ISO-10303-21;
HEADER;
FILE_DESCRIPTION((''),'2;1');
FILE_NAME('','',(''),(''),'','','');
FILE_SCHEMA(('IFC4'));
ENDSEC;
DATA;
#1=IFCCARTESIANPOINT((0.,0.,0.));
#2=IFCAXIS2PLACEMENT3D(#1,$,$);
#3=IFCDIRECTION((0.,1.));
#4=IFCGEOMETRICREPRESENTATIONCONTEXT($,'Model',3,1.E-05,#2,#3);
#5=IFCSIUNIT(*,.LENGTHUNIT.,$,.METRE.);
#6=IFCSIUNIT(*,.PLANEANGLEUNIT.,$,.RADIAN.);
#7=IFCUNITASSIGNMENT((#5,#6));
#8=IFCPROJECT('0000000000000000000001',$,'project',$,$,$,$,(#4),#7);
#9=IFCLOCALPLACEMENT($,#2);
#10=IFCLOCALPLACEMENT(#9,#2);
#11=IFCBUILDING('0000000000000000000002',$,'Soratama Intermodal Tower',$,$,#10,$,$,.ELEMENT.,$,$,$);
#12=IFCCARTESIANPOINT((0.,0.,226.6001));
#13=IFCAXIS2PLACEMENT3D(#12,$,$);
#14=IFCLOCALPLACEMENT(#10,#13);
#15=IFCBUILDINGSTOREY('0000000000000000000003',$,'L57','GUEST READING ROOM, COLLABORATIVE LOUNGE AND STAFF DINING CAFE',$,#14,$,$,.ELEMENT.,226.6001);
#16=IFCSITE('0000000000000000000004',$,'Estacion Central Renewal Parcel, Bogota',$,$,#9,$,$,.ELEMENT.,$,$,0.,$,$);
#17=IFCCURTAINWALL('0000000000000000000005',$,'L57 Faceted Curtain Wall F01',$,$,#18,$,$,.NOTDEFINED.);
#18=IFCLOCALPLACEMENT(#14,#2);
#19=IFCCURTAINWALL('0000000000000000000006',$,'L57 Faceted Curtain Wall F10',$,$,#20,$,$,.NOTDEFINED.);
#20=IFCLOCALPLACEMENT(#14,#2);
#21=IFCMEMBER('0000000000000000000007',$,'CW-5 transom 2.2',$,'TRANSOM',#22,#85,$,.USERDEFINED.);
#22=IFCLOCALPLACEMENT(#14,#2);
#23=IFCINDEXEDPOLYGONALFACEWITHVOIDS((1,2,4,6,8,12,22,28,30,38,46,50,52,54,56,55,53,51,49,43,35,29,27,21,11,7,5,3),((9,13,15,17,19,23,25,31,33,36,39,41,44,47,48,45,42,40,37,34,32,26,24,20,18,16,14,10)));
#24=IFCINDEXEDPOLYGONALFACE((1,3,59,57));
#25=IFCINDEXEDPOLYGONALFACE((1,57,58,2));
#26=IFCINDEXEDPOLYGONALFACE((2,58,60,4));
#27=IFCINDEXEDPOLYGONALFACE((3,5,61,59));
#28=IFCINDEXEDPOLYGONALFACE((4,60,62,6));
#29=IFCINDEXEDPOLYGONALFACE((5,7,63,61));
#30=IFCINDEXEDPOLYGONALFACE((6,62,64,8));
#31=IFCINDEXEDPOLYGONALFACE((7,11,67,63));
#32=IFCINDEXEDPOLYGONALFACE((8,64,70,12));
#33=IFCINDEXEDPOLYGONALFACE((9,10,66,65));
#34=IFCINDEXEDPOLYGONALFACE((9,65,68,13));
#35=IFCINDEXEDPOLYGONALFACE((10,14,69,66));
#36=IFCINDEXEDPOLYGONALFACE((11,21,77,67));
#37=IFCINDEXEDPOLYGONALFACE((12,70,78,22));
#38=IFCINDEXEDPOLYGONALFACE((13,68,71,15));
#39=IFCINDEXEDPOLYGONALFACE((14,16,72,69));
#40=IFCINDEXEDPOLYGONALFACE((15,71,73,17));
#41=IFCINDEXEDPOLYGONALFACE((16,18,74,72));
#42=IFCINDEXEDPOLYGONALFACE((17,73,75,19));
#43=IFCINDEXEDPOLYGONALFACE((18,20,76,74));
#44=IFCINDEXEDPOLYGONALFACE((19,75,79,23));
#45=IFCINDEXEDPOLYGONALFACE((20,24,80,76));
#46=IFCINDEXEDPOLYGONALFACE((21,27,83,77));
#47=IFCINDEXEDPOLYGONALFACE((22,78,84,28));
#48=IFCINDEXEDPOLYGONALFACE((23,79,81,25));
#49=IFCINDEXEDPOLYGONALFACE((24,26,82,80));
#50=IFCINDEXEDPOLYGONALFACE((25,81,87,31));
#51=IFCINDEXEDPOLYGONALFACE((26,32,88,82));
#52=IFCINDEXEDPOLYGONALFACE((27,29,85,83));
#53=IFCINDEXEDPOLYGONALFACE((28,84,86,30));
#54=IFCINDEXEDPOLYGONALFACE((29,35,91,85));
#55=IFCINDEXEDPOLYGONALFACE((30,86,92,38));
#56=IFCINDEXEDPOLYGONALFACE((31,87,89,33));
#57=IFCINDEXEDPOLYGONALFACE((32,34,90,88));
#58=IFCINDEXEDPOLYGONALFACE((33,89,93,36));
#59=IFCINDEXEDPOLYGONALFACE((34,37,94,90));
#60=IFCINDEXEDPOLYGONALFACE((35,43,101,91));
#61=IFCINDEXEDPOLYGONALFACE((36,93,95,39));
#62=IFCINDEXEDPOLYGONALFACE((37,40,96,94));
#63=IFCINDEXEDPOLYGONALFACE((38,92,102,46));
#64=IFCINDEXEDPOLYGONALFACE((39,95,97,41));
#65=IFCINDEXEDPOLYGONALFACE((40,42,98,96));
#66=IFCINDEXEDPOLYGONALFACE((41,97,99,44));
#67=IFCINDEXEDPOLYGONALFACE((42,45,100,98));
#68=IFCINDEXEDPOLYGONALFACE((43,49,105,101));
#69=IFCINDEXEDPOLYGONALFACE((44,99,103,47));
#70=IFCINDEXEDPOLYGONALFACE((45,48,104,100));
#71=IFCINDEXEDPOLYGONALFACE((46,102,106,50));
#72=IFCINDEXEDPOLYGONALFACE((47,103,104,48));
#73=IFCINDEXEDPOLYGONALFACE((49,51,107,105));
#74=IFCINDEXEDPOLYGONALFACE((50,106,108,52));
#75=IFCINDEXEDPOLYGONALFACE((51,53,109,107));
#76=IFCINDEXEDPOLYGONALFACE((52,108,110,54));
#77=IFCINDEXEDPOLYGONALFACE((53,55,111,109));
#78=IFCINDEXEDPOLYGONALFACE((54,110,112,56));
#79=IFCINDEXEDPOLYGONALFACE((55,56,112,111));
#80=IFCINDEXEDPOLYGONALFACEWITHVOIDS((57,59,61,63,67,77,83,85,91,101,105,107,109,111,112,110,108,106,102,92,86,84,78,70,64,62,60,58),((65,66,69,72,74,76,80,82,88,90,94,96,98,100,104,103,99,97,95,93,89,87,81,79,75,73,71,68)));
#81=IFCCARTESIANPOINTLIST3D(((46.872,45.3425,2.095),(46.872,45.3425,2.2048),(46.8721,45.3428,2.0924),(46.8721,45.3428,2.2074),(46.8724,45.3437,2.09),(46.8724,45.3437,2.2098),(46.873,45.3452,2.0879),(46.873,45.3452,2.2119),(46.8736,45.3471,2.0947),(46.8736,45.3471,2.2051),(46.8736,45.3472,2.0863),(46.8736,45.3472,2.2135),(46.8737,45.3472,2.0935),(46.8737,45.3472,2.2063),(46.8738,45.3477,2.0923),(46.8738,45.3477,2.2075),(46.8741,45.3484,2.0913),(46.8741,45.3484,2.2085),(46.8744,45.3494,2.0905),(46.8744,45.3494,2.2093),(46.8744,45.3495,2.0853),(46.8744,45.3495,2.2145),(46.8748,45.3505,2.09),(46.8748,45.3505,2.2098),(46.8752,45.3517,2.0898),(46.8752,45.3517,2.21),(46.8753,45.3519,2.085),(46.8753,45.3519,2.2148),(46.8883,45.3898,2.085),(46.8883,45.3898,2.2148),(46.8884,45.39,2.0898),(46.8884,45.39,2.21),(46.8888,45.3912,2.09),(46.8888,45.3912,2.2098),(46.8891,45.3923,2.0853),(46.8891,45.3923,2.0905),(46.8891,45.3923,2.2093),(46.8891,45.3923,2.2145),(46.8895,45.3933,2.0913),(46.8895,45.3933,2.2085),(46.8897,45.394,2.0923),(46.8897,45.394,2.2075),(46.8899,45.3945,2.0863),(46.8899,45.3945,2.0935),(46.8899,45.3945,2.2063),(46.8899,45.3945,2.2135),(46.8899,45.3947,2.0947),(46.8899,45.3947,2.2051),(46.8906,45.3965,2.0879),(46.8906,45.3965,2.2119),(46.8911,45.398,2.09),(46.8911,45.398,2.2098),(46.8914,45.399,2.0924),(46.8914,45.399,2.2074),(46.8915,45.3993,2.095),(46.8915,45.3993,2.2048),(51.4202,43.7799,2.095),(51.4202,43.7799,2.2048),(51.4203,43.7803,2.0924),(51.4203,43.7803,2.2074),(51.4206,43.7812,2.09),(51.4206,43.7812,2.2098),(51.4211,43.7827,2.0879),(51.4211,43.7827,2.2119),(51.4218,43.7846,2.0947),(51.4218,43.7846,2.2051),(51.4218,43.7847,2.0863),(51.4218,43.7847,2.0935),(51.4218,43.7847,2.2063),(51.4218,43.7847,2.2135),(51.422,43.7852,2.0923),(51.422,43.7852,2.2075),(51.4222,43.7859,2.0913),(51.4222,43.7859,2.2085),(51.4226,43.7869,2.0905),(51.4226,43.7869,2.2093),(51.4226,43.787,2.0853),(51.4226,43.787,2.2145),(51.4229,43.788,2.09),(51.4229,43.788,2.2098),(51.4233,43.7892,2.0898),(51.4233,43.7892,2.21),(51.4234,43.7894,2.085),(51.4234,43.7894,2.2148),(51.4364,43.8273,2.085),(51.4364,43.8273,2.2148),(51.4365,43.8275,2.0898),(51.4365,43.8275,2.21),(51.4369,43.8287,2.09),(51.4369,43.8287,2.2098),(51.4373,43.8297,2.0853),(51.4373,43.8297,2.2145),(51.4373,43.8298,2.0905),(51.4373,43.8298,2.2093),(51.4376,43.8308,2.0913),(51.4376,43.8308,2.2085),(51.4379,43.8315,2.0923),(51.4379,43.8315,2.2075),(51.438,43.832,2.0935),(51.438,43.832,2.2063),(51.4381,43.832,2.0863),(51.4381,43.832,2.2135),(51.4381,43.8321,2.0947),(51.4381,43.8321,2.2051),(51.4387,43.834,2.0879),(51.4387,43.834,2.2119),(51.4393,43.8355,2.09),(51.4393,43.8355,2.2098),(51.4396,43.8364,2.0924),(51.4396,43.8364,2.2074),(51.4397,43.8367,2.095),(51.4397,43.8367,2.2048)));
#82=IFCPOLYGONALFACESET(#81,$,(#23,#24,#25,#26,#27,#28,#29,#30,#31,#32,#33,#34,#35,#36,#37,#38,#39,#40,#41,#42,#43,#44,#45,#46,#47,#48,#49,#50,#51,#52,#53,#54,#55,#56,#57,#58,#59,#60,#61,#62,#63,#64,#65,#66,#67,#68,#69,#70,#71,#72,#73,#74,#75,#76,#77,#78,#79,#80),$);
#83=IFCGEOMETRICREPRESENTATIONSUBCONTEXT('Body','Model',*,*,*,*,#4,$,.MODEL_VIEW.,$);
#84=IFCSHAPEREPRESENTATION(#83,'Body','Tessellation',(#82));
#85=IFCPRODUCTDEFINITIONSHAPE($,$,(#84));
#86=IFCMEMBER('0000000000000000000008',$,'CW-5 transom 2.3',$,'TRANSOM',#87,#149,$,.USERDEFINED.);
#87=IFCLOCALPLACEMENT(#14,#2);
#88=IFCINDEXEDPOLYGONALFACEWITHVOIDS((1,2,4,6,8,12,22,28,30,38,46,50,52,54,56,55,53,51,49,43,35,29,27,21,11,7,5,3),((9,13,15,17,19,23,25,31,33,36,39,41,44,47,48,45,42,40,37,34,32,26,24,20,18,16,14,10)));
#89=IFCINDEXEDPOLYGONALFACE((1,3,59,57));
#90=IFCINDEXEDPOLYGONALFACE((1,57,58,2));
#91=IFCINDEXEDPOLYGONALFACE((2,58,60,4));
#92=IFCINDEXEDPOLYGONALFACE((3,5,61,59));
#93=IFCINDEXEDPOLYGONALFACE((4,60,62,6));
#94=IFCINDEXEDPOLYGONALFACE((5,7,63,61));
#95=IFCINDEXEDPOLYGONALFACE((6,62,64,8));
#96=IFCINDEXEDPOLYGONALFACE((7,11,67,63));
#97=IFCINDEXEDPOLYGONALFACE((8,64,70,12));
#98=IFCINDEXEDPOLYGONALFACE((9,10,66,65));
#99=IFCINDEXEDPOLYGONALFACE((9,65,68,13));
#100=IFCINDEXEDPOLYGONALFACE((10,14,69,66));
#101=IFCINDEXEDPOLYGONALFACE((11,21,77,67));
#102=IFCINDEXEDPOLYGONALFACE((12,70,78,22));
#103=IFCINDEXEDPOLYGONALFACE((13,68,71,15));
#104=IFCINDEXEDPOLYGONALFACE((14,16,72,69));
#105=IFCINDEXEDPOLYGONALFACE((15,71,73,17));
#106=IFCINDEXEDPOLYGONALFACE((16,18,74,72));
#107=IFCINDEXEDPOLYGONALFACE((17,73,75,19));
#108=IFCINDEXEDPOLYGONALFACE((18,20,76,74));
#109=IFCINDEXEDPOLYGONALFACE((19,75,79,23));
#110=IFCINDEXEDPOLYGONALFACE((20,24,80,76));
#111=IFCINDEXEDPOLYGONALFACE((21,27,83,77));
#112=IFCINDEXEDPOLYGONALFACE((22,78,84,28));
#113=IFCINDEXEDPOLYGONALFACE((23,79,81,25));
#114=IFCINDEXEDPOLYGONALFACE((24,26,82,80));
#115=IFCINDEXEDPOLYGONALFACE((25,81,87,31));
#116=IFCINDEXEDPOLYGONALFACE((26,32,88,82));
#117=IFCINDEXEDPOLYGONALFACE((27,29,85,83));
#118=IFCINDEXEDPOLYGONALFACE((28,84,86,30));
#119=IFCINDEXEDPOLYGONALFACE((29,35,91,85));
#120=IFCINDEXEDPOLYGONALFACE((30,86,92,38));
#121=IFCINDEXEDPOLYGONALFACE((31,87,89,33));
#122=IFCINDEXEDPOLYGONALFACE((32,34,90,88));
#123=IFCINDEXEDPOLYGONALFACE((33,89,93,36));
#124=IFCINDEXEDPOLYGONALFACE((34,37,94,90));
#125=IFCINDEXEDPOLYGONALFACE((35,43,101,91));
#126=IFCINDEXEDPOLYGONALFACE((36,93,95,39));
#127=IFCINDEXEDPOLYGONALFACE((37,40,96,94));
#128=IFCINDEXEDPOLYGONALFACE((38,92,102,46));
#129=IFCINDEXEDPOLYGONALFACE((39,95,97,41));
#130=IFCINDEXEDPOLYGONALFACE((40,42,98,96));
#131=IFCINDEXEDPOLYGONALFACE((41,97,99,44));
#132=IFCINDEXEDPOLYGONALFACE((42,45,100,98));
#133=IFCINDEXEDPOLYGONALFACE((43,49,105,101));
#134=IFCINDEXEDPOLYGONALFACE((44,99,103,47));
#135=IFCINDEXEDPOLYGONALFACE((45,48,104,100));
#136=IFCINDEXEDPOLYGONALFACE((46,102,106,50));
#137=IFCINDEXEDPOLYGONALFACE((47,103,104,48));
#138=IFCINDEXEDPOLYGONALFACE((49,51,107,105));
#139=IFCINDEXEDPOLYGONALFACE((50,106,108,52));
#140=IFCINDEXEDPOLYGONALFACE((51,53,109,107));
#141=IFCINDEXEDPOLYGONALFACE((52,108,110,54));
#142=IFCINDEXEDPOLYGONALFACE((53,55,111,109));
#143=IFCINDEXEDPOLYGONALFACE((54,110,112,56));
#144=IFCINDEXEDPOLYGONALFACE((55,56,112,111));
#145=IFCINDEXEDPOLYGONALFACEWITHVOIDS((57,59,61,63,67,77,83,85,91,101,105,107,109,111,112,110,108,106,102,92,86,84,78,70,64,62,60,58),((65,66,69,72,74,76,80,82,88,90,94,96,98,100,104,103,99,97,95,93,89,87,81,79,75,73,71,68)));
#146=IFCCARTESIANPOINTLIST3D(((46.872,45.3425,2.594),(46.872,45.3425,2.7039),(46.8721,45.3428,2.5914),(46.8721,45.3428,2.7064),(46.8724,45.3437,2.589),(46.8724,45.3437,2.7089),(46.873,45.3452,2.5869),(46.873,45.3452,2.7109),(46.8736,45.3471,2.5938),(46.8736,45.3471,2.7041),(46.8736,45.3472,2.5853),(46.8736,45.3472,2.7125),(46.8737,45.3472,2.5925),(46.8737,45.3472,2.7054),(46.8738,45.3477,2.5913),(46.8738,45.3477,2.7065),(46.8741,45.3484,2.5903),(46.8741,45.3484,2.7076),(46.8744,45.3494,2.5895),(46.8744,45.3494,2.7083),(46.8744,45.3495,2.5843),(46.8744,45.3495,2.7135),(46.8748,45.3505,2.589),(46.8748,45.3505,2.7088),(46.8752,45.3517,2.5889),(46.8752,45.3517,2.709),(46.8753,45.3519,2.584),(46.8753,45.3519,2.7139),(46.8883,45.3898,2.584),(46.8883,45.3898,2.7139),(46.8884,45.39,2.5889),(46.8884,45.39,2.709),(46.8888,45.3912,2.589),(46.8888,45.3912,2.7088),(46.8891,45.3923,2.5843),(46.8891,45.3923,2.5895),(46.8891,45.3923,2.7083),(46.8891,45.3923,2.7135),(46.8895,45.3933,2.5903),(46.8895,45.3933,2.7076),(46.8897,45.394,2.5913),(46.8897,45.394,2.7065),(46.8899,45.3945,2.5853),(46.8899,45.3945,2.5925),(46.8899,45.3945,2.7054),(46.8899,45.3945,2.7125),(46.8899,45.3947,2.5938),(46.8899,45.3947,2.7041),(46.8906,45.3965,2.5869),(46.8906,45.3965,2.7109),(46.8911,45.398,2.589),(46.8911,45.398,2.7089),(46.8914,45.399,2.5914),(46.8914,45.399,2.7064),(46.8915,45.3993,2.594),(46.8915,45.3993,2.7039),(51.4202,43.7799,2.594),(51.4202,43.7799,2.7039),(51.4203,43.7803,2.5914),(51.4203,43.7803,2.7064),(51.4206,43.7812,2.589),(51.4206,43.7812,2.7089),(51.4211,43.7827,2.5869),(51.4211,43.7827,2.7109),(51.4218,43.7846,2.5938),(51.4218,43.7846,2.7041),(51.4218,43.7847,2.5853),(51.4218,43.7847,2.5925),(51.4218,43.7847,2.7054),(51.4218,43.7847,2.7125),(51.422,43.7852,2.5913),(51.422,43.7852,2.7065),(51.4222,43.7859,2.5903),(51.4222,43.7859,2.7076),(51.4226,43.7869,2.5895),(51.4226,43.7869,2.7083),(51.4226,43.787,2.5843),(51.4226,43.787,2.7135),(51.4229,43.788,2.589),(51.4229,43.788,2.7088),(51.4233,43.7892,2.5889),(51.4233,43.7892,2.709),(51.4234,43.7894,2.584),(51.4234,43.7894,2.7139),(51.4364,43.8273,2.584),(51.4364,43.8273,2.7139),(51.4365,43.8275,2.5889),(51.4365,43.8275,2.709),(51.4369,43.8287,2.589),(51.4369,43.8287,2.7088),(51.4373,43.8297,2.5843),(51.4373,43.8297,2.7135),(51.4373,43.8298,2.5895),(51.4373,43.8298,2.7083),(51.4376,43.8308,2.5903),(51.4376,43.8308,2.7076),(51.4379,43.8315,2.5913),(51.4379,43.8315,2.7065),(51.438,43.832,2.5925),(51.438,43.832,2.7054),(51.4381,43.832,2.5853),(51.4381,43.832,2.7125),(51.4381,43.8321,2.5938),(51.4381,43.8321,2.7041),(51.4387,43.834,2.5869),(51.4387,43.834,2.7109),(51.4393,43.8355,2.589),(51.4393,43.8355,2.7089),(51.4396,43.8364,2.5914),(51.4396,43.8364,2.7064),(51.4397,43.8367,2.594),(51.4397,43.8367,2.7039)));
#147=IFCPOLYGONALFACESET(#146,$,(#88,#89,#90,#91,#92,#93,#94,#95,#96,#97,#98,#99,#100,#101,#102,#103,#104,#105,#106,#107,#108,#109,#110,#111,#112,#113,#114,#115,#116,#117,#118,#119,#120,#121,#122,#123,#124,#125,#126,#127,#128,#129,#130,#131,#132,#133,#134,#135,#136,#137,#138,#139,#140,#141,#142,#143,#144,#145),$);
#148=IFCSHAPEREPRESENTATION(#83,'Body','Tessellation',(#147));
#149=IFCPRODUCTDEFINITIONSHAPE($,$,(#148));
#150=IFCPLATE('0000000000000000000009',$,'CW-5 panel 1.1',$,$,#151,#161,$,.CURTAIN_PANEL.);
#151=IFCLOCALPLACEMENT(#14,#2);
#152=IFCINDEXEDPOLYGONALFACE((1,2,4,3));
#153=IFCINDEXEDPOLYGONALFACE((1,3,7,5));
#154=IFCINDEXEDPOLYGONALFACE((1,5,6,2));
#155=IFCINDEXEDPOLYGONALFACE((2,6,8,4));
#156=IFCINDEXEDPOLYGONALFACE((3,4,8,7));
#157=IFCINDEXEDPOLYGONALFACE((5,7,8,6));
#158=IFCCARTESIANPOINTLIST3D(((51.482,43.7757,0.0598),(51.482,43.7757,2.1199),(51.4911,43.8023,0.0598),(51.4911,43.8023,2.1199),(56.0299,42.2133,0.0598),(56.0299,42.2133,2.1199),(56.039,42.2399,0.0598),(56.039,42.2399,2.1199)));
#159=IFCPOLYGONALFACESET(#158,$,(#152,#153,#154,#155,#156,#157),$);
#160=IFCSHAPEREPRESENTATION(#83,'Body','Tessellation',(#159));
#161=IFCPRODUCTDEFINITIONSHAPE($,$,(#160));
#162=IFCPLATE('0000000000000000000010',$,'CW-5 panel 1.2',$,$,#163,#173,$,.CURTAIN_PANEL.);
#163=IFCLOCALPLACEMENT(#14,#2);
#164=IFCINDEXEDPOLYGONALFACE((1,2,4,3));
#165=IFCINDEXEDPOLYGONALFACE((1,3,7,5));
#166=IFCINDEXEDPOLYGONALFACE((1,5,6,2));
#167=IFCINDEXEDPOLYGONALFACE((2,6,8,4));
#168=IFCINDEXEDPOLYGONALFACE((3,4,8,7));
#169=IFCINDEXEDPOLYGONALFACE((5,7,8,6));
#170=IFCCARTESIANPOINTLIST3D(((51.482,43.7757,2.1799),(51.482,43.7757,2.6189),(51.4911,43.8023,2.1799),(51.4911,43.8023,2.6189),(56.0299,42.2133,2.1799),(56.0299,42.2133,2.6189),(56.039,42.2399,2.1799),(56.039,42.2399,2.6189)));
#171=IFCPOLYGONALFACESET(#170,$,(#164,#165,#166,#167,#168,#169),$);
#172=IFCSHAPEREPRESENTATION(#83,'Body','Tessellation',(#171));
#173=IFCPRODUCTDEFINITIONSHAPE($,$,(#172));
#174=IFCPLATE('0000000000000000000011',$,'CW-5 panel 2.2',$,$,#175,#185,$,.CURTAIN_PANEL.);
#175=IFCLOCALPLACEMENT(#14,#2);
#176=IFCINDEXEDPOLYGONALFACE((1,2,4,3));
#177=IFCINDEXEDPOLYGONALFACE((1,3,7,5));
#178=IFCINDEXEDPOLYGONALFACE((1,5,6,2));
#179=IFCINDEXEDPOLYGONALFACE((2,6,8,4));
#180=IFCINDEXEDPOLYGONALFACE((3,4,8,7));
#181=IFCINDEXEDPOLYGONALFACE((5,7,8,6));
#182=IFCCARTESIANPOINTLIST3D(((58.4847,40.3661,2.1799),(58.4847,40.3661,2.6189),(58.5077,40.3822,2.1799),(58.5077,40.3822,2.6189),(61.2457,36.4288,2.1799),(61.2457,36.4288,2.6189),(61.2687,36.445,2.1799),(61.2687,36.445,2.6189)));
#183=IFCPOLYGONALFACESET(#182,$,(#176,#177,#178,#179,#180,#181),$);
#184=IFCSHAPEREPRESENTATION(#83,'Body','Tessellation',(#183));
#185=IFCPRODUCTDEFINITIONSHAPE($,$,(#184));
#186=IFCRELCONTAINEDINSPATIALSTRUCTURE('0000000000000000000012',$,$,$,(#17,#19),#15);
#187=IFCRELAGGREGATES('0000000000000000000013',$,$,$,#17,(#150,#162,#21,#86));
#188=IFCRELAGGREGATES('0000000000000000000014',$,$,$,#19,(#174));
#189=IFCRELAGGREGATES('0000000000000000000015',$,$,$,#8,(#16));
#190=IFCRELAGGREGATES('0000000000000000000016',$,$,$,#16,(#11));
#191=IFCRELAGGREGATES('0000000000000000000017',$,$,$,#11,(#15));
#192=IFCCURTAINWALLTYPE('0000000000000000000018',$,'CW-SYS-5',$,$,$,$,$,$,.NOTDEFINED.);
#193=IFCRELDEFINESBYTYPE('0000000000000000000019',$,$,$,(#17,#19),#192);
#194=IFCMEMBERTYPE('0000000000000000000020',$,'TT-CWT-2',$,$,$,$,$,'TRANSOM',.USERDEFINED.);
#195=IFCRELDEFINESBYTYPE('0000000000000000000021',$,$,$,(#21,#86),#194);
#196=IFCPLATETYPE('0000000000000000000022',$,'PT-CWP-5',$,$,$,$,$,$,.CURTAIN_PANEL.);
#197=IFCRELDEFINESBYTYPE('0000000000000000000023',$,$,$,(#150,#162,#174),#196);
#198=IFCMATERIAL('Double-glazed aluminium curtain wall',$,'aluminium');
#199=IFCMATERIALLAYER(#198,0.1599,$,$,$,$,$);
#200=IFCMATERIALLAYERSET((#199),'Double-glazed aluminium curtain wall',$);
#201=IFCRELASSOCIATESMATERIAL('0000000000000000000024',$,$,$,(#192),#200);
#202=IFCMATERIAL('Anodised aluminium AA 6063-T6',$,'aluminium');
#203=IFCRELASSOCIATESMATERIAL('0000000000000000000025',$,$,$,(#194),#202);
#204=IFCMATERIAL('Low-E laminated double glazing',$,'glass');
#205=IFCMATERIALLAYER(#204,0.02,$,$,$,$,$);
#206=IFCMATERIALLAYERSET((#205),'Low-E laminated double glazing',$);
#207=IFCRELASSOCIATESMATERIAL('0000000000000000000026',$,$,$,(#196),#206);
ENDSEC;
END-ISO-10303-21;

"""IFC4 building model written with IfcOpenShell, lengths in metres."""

from ifc_helpers import new_model, si_unit, direction, frame, origin, origin_2d, place, context, subcontext, project, spatial, rectangle, hollow_rectangle, extrude, material, layer, layer_set, material_profile, profile_set, type_object, element, aggregate, save


model = new_model("IFC4")

# Units and contexts
model_context = context("Model", 3, precision=1e-05, world=origin(), true_north=direction((0.0, 1.0)))
body_context = subcontext(model_context, "Body", "Model", "MODEL_VIEW")
ifc_project = project(units=[si_unit("LENGTHUNIT", "METRE"), si_unit("PLANEANGLEUNIT", "RADIAN")], contexts=[model_context])

# Site, building, storey
site_placement = place(None, origin())
site = spatial("IfcSite", under=ifc_project, at=site_placement, Name="Estacion Central Renewal Parcel, Bogota", CompositionType="ELEMENT", RefElevation=0.0)
building_placement = place(site_placement, origin())
building = spatial("IfcBuilding", under=site, at=building_placement, Name="Soratama Intermodal Tower", CompositionType="ELEMENT")
storey_placement = place(building_placement, frame((0.0, 0.0, 226.6001)))
storey = spatial("IfcBuildingStorey", under=building, at=storey_placement, Name="L57", Description="GUEST READING ROOM, COLLABORATIVE LOUNGE AND STAFF DINING CAFE", CompositionType="ELEMENT", Elevation=226.6001)

# Curtain wall
ifc_material_1 = material(Name="Double-glazed aluminium curtain wall", Category="aluminium")
ifc_layer_1 = layer(ifc_material_1, 0.1599)
ifc_layer_set_1 = layer_set([ifc_layer_1], Name="Double-glazed aluminium curtain wall")
curtain_wall_type = type_object("IfcCurtainWallType", Name="CW-SYS-5", PredefinedType="NOTDEFINED", material=ifc_layer_set_1)
curtain_wall_1_placement = place(storey_placement, origin())
curtain_wall_1 = element("IfcCurtainWall", 1, at=curtain_wall_1_placement, inside=storey, type_object=curtain_wall_type, Name="L57 Faceted Curtain Wall F01", PredefinedType="NOTDEFINED")

# Curtain wall
curtain_wall_2_placement = place(storey_placement, origin())
curtain_wall_2 = element("IfcCurtainWall", 2, at=curtain_wall_2_placement, inside=storey, type_object=curtain_wall_type, Name="L57 Faceted Curtain Wall F10", PredefinedType="NOTDEFINED")

# Members
ifc_material_2 = material(Name="Anodised aluminium AA 6063-T6", Category="aluminium")
ifc_material_profile_1 = material_profile(ifc_material_2, hollow_rectangle(XDim=0.0601, YDim=0.1299, WallThickness=0.0049, InnerFilletRadius=0.0049, OuterFilletRadius=0.01, at=origin_2d()), Name="CWT130X60X5")
ifc_profile_set_1 = profile_set([ifc_material_profile_1], Name="Anodised aluminium AA 6063-T6")
member_type_1 = type_object("IfcMemberType", Name="TT-CWT-2", ElementType="TRANSOM", PredefinedType="USERDEFINED", material=ifc_profile_set_1)
member_1_placement = place(storey_placement, frame((51.4299, 43.8083, 2.1499), z_axis=(-0.945745, 0.324911, 0.0), x_axis=(-0.324911, -0.945745, 0.0)))
member_1 = element("IfcMember", 3, at=member_1_placement, type_object=member_type_1, Name="CW-5 transom 2.2", ObjectType="TRANSOM", PredefinedType="USERDEFINED", context=body_context, shape_type="SweptSolid", body=[
    extrude(hollow_rectangle(XDim=0.0601, YDim=0.1299, WallThickness=0.0049, InnerFilletRadius=0.0049, OuterFilletRadius=0.01, at=origin_2d()), origin(), (0.0, 0.0, 1.0), 4.8091),
])
member_2_placement = place(storey_placement, frame((51.4299, 43.8083, 2.6489), z_axis=(-0.945745, 0.324911, 0.0), x_axis=(-0.324911, -0.945745, 0.0)))
member_2 = element("IfcMember", 4, at=member_2_placement, type_object=member_type_1, Name="CW-5 transom 2.3", ObjectType="TRANSOM", PredefinedType="USERDEFINED", context=body_context, shape_type="SweptSolid", body=[
    extrude(hollow_rectangle(XDim=0.0601, YDim=0.1299, WallThickness=0.0049, InnerFilletRadius=0.0049, OuterFilletRadius=0.01, at=origin_2d()), origin(), (0.0, 0.0, 1.0), 4.8091),
])

# Plates
ifc_material_3 = material(Name="Low-E laminated double glazing", Category="glass")
ifc_layer_2 = layer(ifc_material_3, 0.02)
ifc_layer_set_2 = layer_set([ifc_layer_2], Name="Low-E laminated double glazing")
plate_type = type_object("IfcPlateType", Name="PT-CWP-5", PredefinedType="CURTAIN_PANEL", material=ifc_layer_set_2)
plate_1_placement = place(storey_placement, frame((53.7605, 43.0078, 0.0598), z_axis=(0.0, 0.0, 1.0), x_axis=(-0.945747, 0.324904, 0.0)))
plate_1 = element("IfcPlate", 5, at=plate_1_placement, type_object=plate_type, Name="CW-5 panel 1.1", PredefinedType="CURTAIN_PANEL", context=body_context, shape_type="SweptSolid", body=[
    extrude(rectangle(XDim=4.8088, YDim=0.0281, at=origin_2d()), origin(), (0.0, 0.0, 1.0), 2.0601),
])
plate_2_placement = place(storey_placement, frame((53.7605, 43.0078, 2.1799), z_axis=(0.0, 0.0, 1.0), x_axis=(-0.945747, 0.324904, 0.0)))
plate_2 = element("IfcPlate", 6, at=plate_2_placement, type_object=plate_type, Name="CW-5 panel 1.2", PredefinedType="CURTAIN_PANEL", context=body_context, shape_type="SweptSolid", body=[
    extrude(rectangle(XDim=4.8088, YDim=0.0281, at=origin_2d()), origin(), (0.0, 0.0, 1.0), 0.439),
])
aggregate(curtain_wall_1, [plate_1, plate_2, member_1, member_2])
plate_3_placement = place(storey_placement, frame((59.8767, 38.4055, 2.1799), z_axis=(0.0, 0.0, 1.0), x_axis=(-0.57415, 0.81875, 0.0)))
plate_3 = element("IfcPlate", 7, at=plate_3_placement, type_object=plate_type, Name="CW-5 panel 2.2", PredefinedType="CURTAIN_PANEL", context=body_context, shape_type="SweptSolid", body=[
    extrude(rectangle(XDim=4.8088, YDim=0.0281, at=origin_2d()), origin(), (0.0, 0.0, 1.0), 0.439),
])
aggregate(curtain_wall_2, [plate_3])

save(model, "model.ifc")
